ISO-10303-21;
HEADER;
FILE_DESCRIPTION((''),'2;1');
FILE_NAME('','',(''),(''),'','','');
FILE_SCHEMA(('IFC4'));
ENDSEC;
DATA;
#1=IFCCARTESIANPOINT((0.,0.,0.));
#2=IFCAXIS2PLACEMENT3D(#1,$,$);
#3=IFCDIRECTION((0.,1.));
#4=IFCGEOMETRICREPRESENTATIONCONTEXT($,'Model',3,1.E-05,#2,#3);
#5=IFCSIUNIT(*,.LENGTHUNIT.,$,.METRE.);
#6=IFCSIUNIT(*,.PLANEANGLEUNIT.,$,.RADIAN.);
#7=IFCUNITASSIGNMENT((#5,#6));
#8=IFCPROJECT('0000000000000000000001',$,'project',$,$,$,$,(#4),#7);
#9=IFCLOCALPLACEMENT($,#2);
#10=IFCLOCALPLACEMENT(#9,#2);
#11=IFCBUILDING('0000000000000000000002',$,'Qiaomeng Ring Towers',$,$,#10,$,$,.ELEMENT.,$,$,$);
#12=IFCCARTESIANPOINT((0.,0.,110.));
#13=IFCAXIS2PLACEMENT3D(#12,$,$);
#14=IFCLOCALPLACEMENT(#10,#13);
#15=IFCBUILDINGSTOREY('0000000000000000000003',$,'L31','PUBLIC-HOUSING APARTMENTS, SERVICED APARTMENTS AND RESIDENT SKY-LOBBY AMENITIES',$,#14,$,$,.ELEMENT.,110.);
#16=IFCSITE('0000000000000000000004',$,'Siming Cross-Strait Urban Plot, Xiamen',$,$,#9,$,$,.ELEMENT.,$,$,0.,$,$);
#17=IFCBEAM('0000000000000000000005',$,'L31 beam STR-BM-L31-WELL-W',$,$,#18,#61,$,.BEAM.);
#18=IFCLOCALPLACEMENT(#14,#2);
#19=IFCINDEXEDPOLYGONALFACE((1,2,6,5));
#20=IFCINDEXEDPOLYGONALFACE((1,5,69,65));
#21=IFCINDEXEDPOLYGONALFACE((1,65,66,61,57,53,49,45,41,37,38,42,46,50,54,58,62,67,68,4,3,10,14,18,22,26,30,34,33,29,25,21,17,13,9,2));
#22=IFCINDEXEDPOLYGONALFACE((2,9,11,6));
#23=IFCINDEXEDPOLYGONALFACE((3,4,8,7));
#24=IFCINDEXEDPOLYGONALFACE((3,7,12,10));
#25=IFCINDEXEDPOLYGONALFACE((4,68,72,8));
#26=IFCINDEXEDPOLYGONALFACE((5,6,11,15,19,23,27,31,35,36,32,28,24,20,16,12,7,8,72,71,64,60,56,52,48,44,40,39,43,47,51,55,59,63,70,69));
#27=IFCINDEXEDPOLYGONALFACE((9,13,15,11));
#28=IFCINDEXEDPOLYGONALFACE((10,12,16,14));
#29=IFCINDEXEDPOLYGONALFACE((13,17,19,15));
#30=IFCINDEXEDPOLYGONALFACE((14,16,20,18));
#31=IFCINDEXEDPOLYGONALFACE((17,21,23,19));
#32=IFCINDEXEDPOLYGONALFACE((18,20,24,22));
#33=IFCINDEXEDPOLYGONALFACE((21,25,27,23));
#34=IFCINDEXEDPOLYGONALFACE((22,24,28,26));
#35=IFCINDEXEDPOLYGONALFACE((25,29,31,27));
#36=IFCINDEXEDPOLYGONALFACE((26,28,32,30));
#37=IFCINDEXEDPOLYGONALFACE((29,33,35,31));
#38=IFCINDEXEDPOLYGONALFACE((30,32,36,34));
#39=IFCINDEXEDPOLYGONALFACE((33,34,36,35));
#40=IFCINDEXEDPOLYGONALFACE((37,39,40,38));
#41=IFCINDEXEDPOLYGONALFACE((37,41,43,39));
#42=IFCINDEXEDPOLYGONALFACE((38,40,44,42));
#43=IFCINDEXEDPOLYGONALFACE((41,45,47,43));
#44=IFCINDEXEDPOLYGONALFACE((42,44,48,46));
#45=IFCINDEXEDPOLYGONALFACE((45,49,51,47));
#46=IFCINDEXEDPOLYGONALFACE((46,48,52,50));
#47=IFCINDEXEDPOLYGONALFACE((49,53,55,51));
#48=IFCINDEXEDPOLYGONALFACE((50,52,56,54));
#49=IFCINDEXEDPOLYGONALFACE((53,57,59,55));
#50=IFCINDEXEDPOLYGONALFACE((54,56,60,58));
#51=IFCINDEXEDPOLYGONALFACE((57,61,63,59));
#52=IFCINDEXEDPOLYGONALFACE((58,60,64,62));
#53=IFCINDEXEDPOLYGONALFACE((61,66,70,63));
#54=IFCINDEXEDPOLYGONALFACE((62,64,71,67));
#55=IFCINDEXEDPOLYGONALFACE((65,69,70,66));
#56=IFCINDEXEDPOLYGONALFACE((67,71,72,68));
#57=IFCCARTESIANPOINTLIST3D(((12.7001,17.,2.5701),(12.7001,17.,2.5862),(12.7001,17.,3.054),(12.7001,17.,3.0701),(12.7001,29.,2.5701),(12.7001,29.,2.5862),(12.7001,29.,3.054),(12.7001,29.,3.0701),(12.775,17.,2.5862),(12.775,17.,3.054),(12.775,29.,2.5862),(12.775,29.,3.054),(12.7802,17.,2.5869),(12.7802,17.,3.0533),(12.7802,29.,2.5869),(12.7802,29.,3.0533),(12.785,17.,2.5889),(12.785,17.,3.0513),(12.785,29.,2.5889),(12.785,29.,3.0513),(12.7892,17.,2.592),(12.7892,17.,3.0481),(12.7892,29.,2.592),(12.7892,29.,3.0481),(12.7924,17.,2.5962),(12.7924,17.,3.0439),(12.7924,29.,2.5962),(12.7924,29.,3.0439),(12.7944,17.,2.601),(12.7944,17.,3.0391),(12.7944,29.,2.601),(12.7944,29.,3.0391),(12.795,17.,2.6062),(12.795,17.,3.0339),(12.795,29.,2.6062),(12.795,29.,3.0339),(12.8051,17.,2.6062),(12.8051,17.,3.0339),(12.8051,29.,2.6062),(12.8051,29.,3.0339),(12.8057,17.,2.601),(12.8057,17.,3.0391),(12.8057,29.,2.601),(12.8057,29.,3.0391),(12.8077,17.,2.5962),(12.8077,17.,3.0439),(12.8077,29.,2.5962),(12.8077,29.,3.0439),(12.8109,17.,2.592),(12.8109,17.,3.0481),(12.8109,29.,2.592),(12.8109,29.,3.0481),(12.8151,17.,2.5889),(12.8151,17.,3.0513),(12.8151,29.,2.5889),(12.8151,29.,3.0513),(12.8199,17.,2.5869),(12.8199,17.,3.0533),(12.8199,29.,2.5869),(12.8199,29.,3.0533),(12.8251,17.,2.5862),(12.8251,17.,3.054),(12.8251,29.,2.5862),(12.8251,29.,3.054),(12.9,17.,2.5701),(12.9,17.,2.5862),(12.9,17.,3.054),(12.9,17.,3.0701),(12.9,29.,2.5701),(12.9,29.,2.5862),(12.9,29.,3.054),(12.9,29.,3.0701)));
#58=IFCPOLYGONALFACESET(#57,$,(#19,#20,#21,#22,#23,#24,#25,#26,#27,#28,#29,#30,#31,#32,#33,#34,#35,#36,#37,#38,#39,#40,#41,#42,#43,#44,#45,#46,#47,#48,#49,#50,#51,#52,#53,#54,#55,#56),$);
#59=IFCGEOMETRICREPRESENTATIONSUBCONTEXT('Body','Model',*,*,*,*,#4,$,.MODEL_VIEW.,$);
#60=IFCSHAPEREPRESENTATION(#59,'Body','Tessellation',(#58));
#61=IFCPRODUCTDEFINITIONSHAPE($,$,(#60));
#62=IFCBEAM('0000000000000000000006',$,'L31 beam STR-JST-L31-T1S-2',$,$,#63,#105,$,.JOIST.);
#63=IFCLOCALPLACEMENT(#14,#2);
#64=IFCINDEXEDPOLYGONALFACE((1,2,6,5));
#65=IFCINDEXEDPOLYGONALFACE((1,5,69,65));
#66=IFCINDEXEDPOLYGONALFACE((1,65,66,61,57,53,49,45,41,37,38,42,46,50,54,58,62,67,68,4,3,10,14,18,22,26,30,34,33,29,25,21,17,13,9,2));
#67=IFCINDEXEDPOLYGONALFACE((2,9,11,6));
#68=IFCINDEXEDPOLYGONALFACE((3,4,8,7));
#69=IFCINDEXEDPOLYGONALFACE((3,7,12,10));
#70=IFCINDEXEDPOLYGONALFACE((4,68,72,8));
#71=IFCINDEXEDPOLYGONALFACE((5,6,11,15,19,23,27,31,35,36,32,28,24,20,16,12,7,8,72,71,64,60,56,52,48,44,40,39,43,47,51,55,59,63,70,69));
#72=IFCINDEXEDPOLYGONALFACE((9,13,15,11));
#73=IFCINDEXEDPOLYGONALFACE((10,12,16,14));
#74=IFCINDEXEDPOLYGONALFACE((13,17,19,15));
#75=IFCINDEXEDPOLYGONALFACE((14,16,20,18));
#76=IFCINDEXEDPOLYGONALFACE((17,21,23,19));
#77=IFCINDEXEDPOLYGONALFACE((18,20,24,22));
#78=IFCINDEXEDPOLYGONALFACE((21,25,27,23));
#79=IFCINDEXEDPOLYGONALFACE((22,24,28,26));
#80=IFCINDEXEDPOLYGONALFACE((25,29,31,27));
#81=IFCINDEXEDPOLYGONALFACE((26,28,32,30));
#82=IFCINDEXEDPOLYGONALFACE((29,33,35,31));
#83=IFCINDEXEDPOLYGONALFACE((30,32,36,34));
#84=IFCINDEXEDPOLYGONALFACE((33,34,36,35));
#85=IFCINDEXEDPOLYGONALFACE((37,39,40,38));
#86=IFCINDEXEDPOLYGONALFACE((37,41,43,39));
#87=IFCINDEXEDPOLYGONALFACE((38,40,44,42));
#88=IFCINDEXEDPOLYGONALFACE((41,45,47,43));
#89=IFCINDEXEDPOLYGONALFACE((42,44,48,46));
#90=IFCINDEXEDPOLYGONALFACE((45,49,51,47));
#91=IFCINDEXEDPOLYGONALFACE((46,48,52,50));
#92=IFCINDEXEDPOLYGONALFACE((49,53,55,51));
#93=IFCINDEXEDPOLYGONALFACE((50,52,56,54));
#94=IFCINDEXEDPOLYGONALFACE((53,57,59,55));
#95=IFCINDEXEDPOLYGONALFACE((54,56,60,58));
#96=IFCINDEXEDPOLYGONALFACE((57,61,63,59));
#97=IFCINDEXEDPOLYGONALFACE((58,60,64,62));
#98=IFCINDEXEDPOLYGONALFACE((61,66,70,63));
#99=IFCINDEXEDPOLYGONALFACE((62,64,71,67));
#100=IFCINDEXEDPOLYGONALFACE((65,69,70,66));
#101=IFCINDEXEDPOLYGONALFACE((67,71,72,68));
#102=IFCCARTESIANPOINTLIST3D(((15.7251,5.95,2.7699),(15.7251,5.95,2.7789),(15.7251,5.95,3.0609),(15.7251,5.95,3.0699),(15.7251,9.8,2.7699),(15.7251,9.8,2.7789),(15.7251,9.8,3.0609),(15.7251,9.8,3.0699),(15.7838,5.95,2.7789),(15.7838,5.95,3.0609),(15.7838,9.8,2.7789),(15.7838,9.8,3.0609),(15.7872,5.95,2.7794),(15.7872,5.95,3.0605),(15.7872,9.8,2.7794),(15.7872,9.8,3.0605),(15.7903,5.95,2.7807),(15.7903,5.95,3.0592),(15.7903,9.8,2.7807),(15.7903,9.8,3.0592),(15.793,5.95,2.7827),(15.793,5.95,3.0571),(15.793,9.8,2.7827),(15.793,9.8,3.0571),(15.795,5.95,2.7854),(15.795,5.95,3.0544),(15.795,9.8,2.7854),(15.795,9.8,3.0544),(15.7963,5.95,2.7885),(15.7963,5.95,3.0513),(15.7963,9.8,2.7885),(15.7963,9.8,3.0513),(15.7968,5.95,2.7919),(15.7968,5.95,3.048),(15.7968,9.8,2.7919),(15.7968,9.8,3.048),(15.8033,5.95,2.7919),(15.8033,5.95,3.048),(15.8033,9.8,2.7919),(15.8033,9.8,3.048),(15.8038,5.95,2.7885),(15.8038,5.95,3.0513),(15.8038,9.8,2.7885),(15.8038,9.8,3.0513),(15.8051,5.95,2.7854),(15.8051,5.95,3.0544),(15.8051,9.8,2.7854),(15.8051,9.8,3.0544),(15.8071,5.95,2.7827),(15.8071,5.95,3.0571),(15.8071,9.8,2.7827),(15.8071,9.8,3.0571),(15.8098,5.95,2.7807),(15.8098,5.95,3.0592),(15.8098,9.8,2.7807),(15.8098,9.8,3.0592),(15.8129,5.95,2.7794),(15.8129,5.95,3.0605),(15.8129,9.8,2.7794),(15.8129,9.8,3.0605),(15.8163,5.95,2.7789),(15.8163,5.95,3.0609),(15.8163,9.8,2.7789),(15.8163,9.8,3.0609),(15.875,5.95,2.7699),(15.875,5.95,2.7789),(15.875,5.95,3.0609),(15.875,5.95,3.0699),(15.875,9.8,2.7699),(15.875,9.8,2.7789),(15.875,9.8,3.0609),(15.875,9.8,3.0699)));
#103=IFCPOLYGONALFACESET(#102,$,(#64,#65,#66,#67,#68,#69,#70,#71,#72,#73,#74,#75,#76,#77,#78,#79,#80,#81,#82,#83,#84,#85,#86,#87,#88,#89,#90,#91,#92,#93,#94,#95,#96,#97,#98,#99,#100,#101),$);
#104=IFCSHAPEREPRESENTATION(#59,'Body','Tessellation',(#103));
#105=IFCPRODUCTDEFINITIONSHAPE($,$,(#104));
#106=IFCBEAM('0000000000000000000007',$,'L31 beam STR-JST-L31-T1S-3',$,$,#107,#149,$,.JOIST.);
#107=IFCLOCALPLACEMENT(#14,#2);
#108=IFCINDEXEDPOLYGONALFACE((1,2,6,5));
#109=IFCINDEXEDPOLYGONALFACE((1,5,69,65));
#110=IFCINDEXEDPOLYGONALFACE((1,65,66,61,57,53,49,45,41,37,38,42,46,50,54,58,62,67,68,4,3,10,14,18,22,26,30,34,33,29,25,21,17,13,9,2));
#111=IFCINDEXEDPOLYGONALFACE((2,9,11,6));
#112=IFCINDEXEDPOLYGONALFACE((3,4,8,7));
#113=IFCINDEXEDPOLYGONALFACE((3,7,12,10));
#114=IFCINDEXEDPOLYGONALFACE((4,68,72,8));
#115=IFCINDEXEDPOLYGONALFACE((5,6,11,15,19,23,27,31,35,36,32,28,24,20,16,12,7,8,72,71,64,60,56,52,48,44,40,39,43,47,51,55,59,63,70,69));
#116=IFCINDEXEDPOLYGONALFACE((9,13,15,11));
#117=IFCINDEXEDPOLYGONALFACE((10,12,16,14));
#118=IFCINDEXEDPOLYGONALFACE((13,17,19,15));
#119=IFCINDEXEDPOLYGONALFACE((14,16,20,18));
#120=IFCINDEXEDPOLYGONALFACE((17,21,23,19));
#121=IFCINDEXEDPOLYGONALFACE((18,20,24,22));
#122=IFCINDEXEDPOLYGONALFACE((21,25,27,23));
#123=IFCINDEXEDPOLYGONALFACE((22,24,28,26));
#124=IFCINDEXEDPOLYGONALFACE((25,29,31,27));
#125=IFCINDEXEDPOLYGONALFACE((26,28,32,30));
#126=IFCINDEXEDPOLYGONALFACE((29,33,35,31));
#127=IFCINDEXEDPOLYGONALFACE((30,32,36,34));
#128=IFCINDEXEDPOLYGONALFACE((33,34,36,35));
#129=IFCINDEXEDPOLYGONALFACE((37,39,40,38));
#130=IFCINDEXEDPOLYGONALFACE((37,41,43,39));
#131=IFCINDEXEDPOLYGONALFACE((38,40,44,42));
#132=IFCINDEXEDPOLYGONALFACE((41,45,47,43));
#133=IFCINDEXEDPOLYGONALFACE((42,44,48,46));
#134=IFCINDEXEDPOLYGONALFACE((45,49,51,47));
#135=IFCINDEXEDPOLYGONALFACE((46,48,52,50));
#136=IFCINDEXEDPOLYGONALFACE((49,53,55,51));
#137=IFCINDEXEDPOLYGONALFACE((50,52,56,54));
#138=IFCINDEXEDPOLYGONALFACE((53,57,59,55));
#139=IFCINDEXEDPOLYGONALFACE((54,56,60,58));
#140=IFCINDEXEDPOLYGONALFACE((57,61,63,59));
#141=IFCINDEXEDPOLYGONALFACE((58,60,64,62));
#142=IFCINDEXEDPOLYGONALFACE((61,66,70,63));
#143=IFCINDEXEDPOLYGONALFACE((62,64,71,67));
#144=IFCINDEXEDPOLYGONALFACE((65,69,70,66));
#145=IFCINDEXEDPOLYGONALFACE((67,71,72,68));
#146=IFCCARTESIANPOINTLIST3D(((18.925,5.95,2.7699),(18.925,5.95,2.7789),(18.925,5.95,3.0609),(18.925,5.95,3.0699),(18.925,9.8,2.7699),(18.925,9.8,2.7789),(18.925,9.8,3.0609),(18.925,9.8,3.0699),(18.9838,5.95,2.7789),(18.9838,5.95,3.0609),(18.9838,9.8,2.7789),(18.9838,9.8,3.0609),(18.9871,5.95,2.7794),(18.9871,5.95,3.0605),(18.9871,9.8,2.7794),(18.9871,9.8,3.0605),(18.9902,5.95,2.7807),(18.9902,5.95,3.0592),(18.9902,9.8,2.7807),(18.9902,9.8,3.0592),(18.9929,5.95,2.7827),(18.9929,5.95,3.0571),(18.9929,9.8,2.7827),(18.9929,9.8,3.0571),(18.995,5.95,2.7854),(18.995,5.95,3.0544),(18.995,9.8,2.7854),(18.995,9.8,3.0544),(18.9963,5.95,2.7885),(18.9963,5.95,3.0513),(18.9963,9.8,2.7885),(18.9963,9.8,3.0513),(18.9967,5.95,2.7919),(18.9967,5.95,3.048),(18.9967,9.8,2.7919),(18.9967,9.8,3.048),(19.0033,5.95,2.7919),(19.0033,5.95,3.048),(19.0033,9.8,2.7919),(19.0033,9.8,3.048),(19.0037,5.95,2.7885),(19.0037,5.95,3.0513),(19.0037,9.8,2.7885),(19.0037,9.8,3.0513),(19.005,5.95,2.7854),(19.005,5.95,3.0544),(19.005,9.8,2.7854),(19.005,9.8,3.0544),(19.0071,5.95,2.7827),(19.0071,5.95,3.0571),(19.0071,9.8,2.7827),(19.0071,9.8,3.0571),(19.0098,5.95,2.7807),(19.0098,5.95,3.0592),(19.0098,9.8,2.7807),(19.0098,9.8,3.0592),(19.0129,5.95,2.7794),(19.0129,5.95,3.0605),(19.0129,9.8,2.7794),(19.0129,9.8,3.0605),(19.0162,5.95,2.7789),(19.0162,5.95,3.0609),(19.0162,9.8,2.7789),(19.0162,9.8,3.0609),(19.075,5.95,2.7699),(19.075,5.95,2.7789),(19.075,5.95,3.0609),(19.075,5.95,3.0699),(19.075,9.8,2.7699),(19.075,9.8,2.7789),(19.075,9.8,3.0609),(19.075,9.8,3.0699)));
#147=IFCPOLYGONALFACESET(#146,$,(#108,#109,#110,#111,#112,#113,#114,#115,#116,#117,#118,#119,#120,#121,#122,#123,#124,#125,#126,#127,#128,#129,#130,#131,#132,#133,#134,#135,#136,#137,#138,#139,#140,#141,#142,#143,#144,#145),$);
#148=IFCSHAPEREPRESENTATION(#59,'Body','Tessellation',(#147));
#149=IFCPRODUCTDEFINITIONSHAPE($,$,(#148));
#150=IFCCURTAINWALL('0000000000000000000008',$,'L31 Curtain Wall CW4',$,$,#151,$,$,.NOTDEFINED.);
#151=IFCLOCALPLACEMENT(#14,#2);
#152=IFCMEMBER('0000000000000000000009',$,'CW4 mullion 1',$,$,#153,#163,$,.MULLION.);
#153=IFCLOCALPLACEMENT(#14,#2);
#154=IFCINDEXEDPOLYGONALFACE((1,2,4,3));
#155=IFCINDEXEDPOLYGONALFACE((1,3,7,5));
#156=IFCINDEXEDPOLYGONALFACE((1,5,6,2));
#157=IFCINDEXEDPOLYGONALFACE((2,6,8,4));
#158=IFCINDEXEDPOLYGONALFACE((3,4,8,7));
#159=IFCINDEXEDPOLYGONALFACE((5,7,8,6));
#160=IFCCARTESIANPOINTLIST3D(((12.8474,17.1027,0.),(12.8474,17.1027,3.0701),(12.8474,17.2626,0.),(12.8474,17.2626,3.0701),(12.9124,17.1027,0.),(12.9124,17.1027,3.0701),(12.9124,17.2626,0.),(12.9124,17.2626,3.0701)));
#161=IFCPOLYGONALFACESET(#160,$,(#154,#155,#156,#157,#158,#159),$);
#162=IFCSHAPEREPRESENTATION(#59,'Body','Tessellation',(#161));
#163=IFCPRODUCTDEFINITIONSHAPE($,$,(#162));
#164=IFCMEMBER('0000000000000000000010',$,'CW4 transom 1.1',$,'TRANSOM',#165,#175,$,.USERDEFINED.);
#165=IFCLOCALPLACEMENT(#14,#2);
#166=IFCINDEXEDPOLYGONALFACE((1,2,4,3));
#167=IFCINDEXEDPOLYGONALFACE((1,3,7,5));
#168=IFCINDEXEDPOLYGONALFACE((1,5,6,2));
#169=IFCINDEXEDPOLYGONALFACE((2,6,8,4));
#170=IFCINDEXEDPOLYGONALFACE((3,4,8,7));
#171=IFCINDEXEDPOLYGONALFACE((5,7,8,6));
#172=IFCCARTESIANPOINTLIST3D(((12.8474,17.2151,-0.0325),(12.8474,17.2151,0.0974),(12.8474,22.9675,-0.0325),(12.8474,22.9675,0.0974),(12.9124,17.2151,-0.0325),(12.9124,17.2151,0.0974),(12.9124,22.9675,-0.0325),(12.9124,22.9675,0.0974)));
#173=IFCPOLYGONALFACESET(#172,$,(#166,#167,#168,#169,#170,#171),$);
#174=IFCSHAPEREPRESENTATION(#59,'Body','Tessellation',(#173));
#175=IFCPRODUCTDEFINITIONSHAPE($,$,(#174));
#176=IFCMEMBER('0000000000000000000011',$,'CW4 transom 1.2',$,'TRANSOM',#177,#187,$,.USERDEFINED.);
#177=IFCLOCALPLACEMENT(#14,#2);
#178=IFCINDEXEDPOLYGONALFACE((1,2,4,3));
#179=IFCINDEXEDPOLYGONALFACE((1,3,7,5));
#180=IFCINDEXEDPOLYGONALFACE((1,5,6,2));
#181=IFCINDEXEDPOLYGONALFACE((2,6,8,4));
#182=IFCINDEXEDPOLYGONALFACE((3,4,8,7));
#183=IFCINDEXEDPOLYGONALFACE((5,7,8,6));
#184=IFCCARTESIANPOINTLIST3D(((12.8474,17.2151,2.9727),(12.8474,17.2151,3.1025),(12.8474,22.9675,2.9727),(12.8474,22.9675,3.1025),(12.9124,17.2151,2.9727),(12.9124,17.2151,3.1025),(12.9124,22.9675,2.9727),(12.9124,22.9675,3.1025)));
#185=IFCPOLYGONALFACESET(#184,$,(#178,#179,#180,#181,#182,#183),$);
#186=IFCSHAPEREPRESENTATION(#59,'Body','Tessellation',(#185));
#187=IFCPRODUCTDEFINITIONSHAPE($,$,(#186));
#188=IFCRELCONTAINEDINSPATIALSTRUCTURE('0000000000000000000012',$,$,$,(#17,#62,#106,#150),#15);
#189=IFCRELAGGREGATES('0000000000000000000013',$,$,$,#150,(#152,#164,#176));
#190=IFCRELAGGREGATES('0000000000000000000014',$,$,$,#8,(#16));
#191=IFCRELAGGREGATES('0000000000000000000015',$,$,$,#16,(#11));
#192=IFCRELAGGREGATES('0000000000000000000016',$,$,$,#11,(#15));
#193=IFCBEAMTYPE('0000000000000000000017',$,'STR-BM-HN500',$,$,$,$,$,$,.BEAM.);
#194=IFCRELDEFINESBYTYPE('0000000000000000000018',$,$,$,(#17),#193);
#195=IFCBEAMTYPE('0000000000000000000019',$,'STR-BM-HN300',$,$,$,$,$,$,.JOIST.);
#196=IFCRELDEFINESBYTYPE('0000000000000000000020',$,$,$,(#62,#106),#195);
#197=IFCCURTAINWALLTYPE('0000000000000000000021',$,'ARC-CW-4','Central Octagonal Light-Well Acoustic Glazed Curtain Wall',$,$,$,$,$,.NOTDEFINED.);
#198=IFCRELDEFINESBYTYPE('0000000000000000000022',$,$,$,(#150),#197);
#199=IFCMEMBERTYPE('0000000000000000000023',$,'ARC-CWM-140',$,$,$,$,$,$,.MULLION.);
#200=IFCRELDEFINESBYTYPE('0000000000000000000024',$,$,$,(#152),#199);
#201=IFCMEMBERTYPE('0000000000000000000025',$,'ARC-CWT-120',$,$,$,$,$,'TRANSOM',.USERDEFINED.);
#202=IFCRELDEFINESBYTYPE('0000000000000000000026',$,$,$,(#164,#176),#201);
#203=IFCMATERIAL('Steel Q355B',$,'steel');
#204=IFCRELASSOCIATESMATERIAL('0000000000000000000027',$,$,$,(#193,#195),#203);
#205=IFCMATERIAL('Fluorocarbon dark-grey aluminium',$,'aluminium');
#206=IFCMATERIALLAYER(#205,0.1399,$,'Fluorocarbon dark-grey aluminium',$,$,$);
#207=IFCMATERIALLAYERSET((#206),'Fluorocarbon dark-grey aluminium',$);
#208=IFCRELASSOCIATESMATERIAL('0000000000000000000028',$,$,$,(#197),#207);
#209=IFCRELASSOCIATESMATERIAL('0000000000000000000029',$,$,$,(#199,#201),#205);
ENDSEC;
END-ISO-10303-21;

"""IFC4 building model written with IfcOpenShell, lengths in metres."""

from ifc_helpers import new_model, si_unit, direction, frame, origin, origin_2d, place, context, subcontext, project, spatial, rectangle, i_section, extrude, source, transform, mapped, material, layer, layer_set, material_profile, profile_set, type_object, element, aggregate, save


model = new_model("IFC4")

# Units and contexts
model_context = context("Model", 3, precision=1e-05, world=origin(), true_north=direction((0.0, 1.0)))
body_context = subcontext(model_context, "Body", "Model", "MODEL_VIEW")
ifc_project = project(units=[si_unit("LENGTHUNIT", "METRE"), si_unit("PLANEANGLEUNIT", "RADIAN")], contexts=[model_context])

# Site, building, storey
site_placement = place(None, origin())
site = spatial("IfcSite", under=ifc_project, at=site_placement, Name="Siming Cross-Strait Urban Plot, Xiamen", CompositionType="ELEMENT", RefElevation=0.0)
building_placement = place(site_placement, origin())
building = spatial("IfcBuilding", under=site, at=building_placement, Name="Qiaomeng Ring Towers", CompositionType="ELEMENT")
storey_placement = place(building_placement, frame((0.0, 0.0, 110.0)))
storey = spatial("IfcBuildingStorey", under=building, at=storey_placement, Name="L31", Description="PUBLIC-HOUSING APARTMENTS, SERVICED APARTMENTS AND RESIDENT SKY-LOBBY AMENITIES", CompositionType="ELEMENT", Elevation=110.0)

# Beams
ifc_material_1 = material(Name="Steel Q355B", Category="steel")
ifc_material_profile_1 = material_profile(ifc_material_1, i_section(OverallWidth=0.2, OverallDepth=0.5, WebThickness=0.01, FlangeThickness=0.0161, FilletRadius=0.02, at=origin_2d()), Name="HN 500x200x10x16")
ifc_profile_set_1 = profile_set([ifc_material_profile_1], Name="Steel Q355B")
beam_type_1 = type_object("IfcBeamType", Name="STR-BM-HN500", PredefinedType="BEAM", material=ifc_profile_set_1)
shared_shape_1 = source(origin(), body_context, "Body", "SweptSolid", [
    extrude(i_section(OverallWidth=0.2, OverallDepth=0.5, WebThickness=0.01, FlangeThickness=0.0161, FilletRadius=0.02, at=origin_2d()), origin(), (0.0, 0.0, 1.0), 12.0),
])
beam_placement = place(storey_placement, frame((12.8, 17.0, 2.8201), z_axis=(0.0, 1.0, 0.0), x_axis=(-1.0, 0.0, 0.0)))
element("IfcBeam", 1, at=beam_placement, inside=storey, type_object=beam_type_1, Name="L31 beam STR-BM-L31-WELL-W", PredefinedType="BEAM", context=body_context, shape_type="MappedRepresentation", body=[
    mapped(shared_shape_1, transform((0.0, 0.0, 0.0), x_axis=(1.0, 0.0, 0.0), y_axis=(0.0, 1.0, 0.0), z_axis=(0.0, 0.0, 1.0), scale=1.0)),
])
ifc_material_profile_2 = material_profile(ifc_material_1, i_section(OverallWidth=0.1499, OverallDepth=0.3, WebThickness=0.0066, FlangeThickness=0.009, FilletRadius=0.0129, at=origin_2d()), Name="HN 300x150x6.5x9")
ifc_profile_set_2 = profile_set([ifc_material_profile_2], Name="Steel Q355B")
beam_type_2 = type_object("IfcBeamType", Name="STR-BM-HN300", PredefinedType="JOIST", material=ifc_profile_set_2)
shared_shape_2 = source(origin(), body_context, "Body", "SweptSolid", [
    extrude(i_section(OverallWidth=0.1499, OverallDepth=0.3, WebThickness=0.0066, FlangeThickness=0.009, FilletRadius=0.0129, at=origin_2d()), origin(), (0.0, 0.0, 1.0), 3.8501),
])
for number, where, z_axis, x_axis, name in (
    (2, (15.8, 5.95, 2.9199), (0.0, 1.0, 0.0), (-1.0, 0.0, 0.0), "L31 beam STR-JST-L31-T1S-2"),
    (3, (19.0, 5.95, 2.9199), (0.0, 1.0, 0.0), (-1.0, 0.0, 0.0), "L31 beam STR-JST-L31-T1S-3"),
):
    element("IfcBeam", number, at=place(storey_placement, frame(where, z_axis=z_axis, x_axis=x_axis)), inside=storey, type_object=beam_type_2, Name=name, PredefinedType="JOIST", context=body_context, shape_type="MappedRepresentation", body=[
        mapped(shared_shape_2, transform((0.0, 0.0, 0.0), x_axis=(1.0, 0.0, 0.0), y_axis=(0.0, 1.0, 0.0), z_axis=(0.0, 0.0, 1.0), scale=1.0)),
    ])

# Curtain wall, members
ifc_material_2 = material(Name="Fluorocarbon dark-grey aluminium", Category="aluminium")
ifc_layer_1 = layer(ifc_material_2, 0.1399, Name="Fluorocarbon dark-grey aluminium")
ifc_layer_set_1 = layer_set([ifc_layer_1], Name="Fluorocarbon dark-grey aluminium")
curtain_wall_type = type_object("IfcCurtainWallType", Name="ARC-CW-4", Description="Central Octagonal Light-Well Acoustic Glazed Curtain Wall", PredefinedType="NOTDEFINED", material=ifc_layer_set_1)
curtain_wall_placement = place(storey_placement, origin())
curtain_wall = element("IfcCurtainWall", 4, at=curtain_wall_placement, inside=storey, type_object=curtain_wall_type, Name="L31 Curtain Wall CW4", PredefinedType="NOTDEFINED")
ifc_material_profile_3 = material_profile(ifc_material_2, rectangle(XDim=0.0649, YDim=0.1599, at=origin_2d()), Name="ALU MULL 65x160")
ifc_profile_set_3 = profile_set([ifc_material_profile_3], Name="Fluorocarbon dark-grey aluminium")
member_type_1 = type_object("IfcMemberType", Name="ARC-CWM-140", PredefinedType="MULLION", material=ifc_profile_set_3)
shared_shape_3 = source(origin(), body_context, "Body", "SweptSolid", [
    extrude(rectangle(XDim=0.0649, YDim=0.1599, at=origin_2d()), origin(), (0.0, 0.0, 1.0), 3.0701),
])
member_1_placement = place(storey_placement, frame((12.8799, 17.1826, 0.0), z_axis=(0.0, 0.0, 1.0), x_axis=(-1.0, 0.0, 0.0)))
member_1 = element("IfcMember", 5, at=member_1_placement, type_object=member_type_1, Name="CW4 mullion 1", PredefinedType="MULLION", context=body_context, shape_type="MappedRepresentation", body=[
    mapped(shared_shape_3, transform((0.0, 0.0, 0.0), x_axis=(1.0, 0.0, 0.0), y_axis=(0.0, 1.0, 0.0), z_axis=(0.0, 0.0, 1.0), scale=1.0)),
])
ifc_material_profile_4 = material_profile(ifc_material_2, rectangle(XDim=0.0649, YDim=0.1299, at=origin_2d()), Name="ALU TRAN 65x130")
ifc_profile_set_4 = profile_set([ifc_material_profile_4], Name="Fluorocarbon dark-grey aluminium")
member_type_2 = type_object("IfcMemberType", Name="ARC-CWT-120", ElementType="TRANSOM", PredefinedType="USERDEFINED", material=ifc_profile_set_4)
shared_shape_4 = source(origin(), body_context, "Body", "SweptSolid", [
    extrude(rectangle(XDim=0.0649, YDim=0.1299, at=origin_2d()), origin(), (0.0, 0.0, 1.0), 5.7524),
])
member_2_placement = place(storey_placement, frame((12.8799, 17.2151, 0.0325), z_axis=(0.0, 1.0, 0.0), x_axis=(-1.0, 0.0, 0.0)))
member_2 = element("IfcMember", 6, at=member_2_placement, type_object=member_type_2, Name="CW4 transom 1.1", ObjectType="TRANSOM", PredefinedType="USERDEFINED", context=body_context, shape_type="MappedRepresentation", body=[
    mapped(shared_shape_4, transform((0.0, 0.0, 0.0), x_axis=(1.0, 0.0, 0.0), y_axis=(0.0, 1.0, 0.0), z_axis=(0.0, 0.0, 1.0), scale=1.0)),
])
member_3_placement = place(storey_placement, frame((12.8799, 17.2151, 3.0376), z_axis=(0.0, 1.0, 0.0), x_axis=(-1.0, 0.0, 0.0)))
member_3 = element("IfcMember", 7, at=member_3_placement, type_object=member_type_2, Name="CW4 transom 1.2", ObjectType="TRANSOM", PredefinedType="USERDEFINED", context=body_context, shape_type="MappedRepresentation", body=[
    mapped(shared_shape_4, transform((0.0, 0.0, 0.0), x_axis=(1.0, 0.0, 0.0), y_axis=(0.0, 1.0, 0.0), z_axis=(0.0, 0.0, 1.0), scale=1.0)),
])
aggregate(curtain_wall, [member_1, member_2, member_3])

save(model, "model.ifc")
